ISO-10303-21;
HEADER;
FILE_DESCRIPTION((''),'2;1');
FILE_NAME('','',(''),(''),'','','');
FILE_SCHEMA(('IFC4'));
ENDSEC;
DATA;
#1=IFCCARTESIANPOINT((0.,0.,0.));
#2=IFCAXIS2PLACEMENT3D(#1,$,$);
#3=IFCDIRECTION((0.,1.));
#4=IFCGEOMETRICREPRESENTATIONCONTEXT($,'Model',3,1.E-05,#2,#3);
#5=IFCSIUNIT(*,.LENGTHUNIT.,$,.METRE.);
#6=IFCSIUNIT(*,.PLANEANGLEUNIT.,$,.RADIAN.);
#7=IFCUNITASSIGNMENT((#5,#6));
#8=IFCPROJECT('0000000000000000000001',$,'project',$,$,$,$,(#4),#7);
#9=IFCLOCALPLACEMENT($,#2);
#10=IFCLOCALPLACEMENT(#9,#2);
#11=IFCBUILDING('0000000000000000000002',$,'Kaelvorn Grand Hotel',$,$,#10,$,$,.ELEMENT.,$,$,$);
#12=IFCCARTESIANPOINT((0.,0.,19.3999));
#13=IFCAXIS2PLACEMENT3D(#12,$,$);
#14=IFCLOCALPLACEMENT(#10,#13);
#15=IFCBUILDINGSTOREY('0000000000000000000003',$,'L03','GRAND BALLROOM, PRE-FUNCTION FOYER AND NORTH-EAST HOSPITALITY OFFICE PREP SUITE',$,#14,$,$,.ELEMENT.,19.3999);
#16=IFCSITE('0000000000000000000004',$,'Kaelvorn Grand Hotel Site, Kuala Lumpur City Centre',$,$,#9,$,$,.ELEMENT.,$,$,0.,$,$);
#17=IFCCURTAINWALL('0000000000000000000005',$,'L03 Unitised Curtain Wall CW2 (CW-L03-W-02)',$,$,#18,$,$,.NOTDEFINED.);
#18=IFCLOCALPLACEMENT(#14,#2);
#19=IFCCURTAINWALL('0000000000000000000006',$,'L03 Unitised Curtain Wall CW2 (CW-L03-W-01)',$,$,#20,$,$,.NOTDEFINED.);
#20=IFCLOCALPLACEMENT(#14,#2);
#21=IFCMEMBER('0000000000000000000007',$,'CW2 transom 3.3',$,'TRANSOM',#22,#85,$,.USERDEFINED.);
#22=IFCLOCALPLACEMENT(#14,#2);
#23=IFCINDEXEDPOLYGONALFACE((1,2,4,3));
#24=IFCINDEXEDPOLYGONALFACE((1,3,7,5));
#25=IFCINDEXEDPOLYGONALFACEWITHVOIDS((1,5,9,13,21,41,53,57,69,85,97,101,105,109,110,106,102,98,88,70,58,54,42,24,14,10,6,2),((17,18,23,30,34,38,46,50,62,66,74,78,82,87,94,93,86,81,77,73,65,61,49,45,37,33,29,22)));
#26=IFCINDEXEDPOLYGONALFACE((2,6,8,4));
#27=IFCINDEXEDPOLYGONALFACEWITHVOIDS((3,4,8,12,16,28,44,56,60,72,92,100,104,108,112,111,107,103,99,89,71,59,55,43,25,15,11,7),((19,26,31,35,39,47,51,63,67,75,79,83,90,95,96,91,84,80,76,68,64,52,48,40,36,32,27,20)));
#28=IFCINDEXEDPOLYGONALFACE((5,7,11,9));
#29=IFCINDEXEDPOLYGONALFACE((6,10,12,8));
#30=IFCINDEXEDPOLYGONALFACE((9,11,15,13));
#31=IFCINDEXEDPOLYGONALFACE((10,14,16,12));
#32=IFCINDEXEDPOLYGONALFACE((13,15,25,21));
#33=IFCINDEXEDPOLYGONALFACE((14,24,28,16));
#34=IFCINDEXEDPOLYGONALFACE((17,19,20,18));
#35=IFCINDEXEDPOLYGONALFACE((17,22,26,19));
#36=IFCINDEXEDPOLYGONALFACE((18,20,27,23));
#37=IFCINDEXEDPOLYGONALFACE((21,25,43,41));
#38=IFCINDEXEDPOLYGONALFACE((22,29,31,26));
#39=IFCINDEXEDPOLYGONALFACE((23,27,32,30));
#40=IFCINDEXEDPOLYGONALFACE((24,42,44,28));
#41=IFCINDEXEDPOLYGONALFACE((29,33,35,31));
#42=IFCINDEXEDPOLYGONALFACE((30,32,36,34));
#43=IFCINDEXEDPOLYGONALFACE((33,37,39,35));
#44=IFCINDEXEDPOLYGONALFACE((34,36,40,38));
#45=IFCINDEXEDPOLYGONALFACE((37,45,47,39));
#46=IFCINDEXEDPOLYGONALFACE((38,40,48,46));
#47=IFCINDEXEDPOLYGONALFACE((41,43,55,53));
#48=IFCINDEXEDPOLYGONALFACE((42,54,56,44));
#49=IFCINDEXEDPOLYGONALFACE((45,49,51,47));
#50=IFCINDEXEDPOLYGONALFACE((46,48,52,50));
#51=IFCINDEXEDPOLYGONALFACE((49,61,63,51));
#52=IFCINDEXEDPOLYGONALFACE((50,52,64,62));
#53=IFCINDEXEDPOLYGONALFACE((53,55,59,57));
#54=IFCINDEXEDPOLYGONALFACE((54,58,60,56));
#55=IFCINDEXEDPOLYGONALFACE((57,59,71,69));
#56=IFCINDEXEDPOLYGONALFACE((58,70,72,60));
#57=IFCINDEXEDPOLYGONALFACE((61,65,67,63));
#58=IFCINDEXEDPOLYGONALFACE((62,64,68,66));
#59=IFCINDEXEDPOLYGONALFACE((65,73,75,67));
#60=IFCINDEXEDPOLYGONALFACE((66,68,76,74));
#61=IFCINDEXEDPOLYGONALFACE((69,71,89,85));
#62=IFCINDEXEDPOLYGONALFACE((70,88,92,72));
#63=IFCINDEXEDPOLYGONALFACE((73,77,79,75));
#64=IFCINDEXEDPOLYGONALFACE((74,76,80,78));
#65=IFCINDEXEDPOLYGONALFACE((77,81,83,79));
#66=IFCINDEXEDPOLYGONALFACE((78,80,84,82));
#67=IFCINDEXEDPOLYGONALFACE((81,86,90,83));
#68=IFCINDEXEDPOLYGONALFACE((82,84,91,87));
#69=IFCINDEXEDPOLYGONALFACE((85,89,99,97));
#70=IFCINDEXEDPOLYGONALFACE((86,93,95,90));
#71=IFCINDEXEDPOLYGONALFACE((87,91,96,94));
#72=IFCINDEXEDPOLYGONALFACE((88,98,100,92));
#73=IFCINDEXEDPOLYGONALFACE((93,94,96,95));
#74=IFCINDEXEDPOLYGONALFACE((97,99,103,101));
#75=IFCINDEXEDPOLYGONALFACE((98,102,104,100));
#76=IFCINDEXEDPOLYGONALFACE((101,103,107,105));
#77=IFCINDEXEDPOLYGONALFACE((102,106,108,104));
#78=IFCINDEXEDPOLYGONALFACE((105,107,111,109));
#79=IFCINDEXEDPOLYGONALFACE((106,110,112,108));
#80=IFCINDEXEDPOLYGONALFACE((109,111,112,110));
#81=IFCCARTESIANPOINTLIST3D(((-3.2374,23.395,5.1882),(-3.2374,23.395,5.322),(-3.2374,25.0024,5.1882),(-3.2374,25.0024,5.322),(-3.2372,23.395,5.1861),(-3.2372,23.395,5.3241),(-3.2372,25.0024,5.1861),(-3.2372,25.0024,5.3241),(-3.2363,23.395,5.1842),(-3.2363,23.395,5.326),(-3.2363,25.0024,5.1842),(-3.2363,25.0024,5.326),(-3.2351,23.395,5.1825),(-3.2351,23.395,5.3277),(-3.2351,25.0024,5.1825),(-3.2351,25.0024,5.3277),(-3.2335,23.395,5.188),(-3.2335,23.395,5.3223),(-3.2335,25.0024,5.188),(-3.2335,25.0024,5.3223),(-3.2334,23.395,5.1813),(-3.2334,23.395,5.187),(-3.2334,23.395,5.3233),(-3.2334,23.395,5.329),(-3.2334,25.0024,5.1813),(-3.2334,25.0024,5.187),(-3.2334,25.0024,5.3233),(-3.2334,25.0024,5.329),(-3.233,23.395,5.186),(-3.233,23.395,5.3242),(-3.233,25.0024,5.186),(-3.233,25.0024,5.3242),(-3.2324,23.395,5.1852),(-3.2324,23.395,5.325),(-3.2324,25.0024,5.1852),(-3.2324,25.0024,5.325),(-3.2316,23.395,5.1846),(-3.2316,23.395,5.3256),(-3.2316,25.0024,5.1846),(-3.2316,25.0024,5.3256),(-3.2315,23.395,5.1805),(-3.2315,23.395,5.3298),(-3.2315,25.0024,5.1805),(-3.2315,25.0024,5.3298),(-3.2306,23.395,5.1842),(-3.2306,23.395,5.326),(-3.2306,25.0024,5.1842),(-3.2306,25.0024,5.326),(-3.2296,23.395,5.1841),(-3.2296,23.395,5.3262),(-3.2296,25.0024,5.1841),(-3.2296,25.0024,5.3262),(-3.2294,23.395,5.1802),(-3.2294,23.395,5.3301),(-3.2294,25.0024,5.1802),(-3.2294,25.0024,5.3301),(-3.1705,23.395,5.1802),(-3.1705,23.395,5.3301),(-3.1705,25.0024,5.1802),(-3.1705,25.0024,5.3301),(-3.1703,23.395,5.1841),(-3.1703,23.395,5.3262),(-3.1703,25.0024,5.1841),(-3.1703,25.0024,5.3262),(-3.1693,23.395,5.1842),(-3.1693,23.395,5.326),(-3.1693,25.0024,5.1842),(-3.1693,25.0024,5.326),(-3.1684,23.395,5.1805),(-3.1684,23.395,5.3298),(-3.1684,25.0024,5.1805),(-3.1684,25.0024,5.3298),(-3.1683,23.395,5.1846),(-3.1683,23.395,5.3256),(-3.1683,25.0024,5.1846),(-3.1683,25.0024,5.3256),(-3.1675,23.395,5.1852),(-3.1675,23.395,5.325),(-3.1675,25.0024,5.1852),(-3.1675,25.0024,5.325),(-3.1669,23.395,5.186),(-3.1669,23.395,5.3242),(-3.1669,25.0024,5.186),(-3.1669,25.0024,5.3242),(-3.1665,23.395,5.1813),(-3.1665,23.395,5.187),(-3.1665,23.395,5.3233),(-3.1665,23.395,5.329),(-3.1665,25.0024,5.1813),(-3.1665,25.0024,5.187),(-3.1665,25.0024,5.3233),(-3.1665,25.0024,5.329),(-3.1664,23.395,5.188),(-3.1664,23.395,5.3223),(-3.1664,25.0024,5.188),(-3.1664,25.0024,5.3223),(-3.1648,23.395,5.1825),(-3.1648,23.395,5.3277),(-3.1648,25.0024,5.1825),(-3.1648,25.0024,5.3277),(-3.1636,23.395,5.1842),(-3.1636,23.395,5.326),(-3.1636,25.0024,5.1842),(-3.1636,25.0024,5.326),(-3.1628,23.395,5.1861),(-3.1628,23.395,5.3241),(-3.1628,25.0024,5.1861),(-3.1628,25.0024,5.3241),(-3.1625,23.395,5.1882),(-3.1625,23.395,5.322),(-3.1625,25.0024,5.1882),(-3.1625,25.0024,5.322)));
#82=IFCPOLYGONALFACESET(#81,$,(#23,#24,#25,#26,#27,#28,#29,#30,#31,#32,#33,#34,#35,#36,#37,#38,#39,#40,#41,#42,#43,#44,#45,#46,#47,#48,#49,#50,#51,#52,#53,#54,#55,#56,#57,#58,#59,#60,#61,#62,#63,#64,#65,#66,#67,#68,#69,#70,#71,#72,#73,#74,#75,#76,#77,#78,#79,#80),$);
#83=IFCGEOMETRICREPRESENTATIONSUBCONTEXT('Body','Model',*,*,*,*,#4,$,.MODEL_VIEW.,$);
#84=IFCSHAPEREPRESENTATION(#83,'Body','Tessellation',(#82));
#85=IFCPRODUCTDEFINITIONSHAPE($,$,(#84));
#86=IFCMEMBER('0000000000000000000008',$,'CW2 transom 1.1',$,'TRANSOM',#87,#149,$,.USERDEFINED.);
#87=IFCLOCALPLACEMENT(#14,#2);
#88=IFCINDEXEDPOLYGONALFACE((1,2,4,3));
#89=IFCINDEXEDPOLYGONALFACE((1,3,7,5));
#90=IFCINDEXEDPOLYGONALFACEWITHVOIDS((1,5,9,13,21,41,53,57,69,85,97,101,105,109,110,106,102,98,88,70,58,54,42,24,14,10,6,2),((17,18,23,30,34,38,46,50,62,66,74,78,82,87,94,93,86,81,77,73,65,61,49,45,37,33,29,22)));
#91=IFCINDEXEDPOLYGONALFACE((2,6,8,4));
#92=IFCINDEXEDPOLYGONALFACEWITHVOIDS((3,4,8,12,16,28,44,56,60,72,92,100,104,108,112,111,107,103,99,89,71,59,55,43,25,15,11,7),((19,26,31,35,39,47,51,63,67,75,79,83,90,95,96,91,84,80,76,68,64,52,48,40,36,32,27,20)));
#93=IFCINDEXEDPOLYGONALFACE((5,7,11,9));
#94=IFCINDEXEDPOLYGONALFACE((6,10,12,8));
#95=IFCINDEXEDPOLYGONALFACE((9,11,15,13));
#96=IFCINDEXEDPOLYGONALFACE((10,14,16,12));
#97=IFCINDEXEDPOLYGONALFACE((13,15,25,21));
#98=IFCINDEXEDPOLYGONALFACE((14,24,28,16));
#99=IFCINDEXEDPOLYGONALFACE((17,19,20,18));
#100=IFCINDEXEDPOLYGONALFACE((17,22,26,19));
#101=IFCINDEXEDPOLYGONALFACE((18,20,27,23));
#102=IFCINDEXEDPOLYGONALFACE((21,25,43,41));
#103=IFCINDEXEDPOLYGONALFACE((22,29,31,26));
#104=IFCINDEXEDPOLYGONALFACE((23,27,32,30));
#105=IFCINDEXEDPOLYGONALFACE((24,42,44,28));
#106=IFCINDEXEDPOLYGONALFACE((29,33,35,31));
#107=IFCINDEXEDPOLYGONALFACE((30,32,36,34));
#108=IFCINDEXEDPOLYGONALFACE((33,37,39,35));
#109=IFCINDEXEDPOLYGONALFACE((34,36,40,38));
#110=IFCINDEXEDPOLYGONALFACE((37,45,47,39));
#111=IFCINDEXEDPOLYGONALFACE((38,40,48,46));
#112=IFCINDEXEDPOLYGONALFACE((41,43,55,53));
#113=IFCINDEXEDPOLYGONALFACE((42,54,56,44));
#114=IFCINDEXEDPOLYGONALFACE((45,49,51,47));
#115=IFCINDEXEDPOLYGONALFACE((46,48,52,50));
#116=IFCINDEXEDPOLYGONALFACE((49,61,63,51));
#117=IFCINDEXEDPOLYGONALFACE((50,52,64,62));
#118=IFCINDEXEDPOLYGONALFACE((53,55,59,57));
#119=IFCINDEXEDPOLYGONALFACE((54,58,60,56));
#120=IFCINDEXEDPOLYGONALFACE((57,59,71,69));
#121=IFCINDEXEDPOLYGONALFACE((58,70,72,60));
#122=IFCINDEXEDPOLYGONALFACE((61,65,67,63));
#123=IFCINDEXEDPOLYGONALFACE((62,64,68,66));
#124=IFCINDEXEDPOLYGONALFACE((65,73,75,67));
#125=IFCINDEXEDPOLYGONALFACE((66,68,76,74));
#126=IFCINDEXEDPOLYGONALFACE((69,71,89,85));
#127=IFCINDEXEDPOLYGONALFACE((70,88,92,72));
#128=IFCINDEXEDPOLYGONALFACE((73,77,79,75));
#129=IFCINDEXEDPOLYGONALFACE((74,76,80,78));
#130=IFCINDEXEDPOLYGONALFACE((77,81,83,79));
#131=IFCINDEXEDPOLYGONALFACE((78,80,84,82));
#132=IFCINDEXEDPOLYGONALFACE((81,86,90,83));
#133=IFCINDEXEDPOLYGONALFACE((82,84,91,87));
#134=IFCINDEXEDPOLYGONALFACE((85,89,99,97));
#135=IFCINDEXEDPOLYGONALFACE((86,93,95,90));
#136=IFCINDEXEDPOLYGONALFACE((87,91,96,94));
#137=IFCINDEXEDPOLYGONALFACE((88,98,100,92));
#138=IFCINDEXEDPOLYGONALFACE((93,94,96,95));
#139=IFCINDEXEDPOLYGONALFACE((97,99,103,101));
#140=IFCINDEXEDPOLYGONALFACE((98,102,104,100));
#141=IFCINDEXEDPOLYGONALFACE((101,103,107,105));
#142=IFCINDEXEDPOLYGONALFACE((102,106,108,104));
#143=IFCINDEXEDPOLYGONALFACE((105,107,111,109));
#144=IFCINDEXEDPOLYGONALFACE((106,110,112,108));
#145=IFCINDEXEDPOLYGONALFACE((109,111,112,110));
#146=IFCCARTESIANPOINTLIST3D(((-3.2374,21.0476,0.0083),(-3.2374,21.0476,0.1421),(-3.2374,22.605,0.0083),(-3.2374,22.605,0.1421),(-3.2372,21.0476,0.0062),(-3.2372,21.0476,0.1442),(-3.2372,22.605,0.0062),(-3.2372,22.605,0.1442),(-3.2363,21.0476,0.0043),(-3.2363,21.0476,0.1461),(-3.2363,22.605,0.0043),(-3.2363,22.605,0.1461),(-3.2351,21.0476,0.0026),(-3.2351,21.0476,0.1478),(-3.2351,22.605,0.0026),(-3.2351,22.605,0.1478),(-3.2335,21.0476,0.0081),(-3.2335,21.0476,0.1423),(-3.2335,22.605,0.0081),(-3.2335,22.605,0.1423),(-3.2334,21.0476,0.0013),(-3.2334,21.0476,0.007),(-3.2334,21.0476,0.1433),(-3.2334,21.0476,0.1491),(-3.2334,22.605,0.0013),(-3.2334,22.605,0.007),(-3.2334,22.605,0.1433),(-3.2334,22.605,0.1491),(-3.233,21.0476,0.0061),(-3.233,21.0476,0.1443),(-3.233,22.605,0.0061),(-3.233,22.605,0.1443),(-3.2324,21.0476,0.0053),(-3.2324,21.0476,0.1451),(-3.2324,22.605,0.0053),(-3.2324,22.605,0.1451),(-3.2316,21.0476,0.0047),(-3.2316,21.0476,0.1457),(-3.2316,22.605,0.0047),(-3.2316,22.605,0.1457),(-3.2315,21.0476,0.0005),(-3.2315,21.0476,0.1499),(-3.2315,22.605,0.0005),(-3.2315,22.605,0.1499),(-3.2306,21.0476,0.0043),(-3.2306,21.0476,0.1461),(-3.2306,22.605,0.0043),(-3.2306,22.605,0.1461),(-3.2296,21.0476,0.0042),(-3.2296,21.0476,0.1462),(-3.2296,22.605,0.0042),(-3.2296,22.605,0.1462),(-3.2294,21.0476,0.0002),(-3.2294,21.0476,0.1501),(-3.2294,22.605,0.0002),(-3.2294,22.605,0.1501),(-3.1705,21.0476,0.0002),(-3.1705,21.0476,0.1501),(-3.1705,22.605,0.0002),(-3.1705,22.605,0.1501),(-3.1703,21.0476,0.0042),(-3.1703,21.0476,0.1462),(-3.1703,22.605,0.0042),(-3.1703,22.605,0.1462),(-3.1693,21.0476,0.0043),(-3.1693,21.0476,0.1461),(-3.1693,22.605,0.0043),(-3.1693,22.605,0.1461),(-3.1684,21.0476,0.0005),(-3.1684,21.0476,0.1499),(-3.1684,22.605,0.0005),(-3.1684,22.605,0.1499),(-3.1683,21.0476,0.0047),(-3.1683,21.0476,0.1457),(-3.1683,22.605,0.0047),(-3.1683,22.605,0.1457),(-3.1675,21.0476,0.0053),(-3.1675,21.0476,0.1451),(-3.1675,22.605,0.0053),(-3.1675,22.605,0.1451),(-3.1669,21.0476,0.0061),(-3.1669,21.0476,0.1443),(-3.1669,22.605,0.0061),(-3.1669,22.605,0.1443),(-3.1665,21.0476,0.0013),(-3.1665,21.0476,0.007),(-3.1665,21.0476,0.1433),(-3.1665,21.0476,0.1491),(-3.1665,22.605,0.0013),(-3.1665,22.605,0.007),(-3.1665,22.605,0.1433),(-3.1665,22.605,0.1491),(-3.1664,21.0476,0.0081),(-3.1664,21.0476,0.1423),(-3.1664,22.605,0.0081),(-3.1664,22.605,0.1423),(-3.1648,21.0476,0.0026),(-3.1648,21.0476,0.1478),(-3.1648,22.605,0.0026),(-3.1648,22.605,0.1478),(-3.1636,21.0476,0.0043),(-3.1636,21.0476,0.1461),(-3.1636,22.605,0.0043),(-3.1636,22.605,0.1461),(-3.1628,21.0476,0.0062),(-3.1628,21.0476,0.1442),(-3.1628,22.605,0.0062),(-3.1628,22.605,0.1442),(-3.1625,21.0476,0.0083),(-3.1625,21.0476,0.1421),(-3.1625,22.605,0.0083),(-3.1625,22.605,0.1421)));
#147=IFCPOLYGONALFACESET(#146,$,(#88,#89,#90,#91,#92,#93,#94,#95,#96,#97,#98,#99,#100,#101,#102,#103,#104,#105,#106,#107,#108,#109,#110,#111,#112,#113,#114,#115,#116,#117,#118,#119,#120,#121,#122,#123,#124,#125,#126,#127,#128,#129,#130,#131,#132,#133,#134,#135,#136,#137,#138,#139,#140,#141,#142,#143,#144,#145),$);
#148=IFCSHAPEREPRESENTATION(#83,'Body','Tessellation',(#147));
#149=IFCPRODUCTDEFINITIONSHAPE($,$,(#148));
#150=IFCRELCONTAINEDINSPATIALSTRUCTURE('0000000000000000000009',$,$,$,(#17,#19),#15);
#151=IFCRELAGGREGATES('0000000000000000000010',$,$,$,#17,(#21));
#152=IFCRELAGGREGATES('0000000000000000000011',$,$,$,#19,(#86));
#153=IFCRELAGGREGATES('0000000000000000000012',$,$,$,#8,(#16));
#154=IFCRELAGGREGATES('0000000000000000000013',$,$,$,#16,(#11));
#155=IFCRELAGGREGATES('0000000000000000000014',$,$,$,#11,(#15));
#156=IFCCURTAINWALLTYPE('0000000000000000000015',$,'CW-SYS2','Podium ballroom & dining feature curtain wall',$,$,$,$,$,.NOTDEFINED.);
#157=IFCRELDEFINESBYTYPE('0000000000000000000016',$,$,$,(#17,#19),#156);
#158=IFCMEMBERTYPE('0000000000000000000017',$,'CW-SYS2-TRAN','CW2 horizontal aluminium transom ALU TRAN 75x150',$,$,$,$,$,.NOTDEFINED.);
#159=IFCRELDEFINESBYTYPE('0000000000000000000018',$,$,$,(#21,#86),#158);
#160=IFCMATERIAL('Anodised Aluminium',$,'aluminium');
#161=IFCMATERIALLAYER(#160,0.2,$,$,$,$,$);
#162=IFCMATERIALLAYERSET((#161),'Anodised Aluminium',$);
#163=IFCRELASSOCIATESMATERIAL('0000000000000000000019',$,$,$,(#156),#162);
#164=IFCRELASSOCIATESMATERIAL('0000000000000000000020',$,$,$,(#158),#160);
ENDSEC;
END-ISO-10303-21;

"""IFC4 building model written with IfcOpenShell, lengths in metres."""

from ifc_helpers import new_model, si_unit, direction, frame, origin, origin_2d, place, context, subcontext, project, spatial, hollow_rectangle, extrude, material, layer, layer_set, material_profile, profile_set, type_object, element, aggregate, save


model = new_model("IFC4")

# Units and contexts
model_context = context("Model", 3, precision=1e-05, world=origin(), true_north=direction((0.0, 1.0)))
body_context = subcontext(model_context, "Body", "Model", "MODEL_VIEW")
ifc_project = project(units=[si_unit("LENGTHUNIT", "METRE"), si_unit("PLANEANGLEUNIT", "RADIAN")], contexts=[model_context])

# Site, building, storey
site_placement = place(None, origin())
site = spatial("IfcSite", under=ifc_project, at=site_placement, Name="Kaelvorn Grand Hotel Site, Kuala Lumpur City Centre", CompositionType="ELEMENT", RefElevation=0.0)
building_placement = place(site_placement, origin())
building = spatial("IfcBuilding", under=site, at=building_placement, Name="Kaelvorn Grand Hotel", CompositionType="ELEMENT")
storey_placement = place(building_placement, frame((0.0, 0.0, 19.3999)))
storey = spatial("IfcBuildingStorey", under=building, at=storey_placement, Name="L03", Description="GRAND BALLROOM, PRE-FUNCTION FOYER AND NORTH-EAST HOSPITALITY OFFICE PREP SUITE", CompositionType="ELEMENT", Elevation=19.3999)

# Curtain wall
ifc_material_1 = material(Name="Anodised Aluminium", Category="aluminium")
ifc_layer_1 = layer(ifc_material_1, 0.2)
ifc_layer_set_1 = layer_set([ifc_layer_1], Name="Anodised Aluminium")
curtain_wall_type = type_object("IfcCurtainWallType", Name="CW-SYS2", Description="Podium ballroom & dining feature curtain wall", PredefinedType="NOTDEFINED", material=ifc_layer_set_1)
curtain_wall_1_placement = place(storey_placement, origin())
curtain_wall_1 = element("IfcCurtainWall", 1, at=curtain_wall_1_placement, inside=storey, type_object=curtain_wall_type, Name="L03 Unitised Curtain Wall CW2 (CW-L03-W-02)", PredefinedType="NOTDEFINED")

# Curtain wall
curtain_wall_2_placement = place(storey_placement, origin())
curtain_wall_2 = element("IfcCurtainWall", 2, at=curtain_wall_2_placement, inside=storey, type_object=curtain_wall_type, Name="L03 Unitised Curtain Wall CW2 (CW-L03-W-01)", PredefinedType="NOTDEFINED")

# Members
ifc_material_profile_1 = material_profile(ifc_material_1, hollow_rectangle(XDim=0.075, YDim=0.1499, WallThickness=0.0039, InnerFilletRadius=0.0039, OuterFilletRadius=0.0081, at=origin_2d()), Name="ALU TRAN 75x150")
ifc_profile_set_1 = profile_set([ifc_material_profile_1], Name="Anodised Aluminium")
member_type_1 = type_object("IfcMemberType", Name="CW-SYS2-TRAN", Description="CW2 horizontal aluminium transom ALU TRAN 75x150", PredefinedType="NOTDEFINED", material=ifc_profile_set_1)
member_1_placement = place(storey_placement, frame((-3.2, 25.0024, 5.2551), z_axis=(0.0, -1.0, 0.0), x_axis=(1.0, 0.0, 0.0)))
member_1 = element("IfcMember", 3, at=member_1_placement, type_object=member_type_1, Name="CW2 transom 3.3", ObjectType="TRANSOM", PredefinedType="USERDEFINED", context=body_context, shape_type="SweptSolid", body=[
    extrude(hollow_rectangle(XDim=0.075, YDim=0.1499, WallThickness=0.0039, InnerFilletRadius=0.0039, OuterFilletRadius=0.0081, at=origin_2d()), origin(), (0.0, 0.0, 1.0), 1.6074),
])
member_2_placement = place(storey_placement, frame((-3.2, 22.605, 0.0752), z_axis=(0.0, -1.0, 0.0), x_axis=(1.0, 0.0, 0.0)))
member_2 = element("IfcMember", 4, at=member_2_placement, type_object=member_type_1, Name="CW2 transom 1.1", ObjectType="TRANSOM", PredefinedType="USERDEFINED", context=body_context, shape_type="SweptSolid", body=[
    extrude(hollow_rectangle(XDim=0.075, YDim=0.1499, WallThickness=0.0039, InnerFilletRadius=0.0039, OuterFilletRadius=0.0081, at=origin_2d()), origin(), (0.0, 0.0, 1.0), 1.5574),
])

aggregate(curtain_wall_1, [member_1])
aggregate(curtain_wall_2, [member_2])

save(model, "model.ifc")
